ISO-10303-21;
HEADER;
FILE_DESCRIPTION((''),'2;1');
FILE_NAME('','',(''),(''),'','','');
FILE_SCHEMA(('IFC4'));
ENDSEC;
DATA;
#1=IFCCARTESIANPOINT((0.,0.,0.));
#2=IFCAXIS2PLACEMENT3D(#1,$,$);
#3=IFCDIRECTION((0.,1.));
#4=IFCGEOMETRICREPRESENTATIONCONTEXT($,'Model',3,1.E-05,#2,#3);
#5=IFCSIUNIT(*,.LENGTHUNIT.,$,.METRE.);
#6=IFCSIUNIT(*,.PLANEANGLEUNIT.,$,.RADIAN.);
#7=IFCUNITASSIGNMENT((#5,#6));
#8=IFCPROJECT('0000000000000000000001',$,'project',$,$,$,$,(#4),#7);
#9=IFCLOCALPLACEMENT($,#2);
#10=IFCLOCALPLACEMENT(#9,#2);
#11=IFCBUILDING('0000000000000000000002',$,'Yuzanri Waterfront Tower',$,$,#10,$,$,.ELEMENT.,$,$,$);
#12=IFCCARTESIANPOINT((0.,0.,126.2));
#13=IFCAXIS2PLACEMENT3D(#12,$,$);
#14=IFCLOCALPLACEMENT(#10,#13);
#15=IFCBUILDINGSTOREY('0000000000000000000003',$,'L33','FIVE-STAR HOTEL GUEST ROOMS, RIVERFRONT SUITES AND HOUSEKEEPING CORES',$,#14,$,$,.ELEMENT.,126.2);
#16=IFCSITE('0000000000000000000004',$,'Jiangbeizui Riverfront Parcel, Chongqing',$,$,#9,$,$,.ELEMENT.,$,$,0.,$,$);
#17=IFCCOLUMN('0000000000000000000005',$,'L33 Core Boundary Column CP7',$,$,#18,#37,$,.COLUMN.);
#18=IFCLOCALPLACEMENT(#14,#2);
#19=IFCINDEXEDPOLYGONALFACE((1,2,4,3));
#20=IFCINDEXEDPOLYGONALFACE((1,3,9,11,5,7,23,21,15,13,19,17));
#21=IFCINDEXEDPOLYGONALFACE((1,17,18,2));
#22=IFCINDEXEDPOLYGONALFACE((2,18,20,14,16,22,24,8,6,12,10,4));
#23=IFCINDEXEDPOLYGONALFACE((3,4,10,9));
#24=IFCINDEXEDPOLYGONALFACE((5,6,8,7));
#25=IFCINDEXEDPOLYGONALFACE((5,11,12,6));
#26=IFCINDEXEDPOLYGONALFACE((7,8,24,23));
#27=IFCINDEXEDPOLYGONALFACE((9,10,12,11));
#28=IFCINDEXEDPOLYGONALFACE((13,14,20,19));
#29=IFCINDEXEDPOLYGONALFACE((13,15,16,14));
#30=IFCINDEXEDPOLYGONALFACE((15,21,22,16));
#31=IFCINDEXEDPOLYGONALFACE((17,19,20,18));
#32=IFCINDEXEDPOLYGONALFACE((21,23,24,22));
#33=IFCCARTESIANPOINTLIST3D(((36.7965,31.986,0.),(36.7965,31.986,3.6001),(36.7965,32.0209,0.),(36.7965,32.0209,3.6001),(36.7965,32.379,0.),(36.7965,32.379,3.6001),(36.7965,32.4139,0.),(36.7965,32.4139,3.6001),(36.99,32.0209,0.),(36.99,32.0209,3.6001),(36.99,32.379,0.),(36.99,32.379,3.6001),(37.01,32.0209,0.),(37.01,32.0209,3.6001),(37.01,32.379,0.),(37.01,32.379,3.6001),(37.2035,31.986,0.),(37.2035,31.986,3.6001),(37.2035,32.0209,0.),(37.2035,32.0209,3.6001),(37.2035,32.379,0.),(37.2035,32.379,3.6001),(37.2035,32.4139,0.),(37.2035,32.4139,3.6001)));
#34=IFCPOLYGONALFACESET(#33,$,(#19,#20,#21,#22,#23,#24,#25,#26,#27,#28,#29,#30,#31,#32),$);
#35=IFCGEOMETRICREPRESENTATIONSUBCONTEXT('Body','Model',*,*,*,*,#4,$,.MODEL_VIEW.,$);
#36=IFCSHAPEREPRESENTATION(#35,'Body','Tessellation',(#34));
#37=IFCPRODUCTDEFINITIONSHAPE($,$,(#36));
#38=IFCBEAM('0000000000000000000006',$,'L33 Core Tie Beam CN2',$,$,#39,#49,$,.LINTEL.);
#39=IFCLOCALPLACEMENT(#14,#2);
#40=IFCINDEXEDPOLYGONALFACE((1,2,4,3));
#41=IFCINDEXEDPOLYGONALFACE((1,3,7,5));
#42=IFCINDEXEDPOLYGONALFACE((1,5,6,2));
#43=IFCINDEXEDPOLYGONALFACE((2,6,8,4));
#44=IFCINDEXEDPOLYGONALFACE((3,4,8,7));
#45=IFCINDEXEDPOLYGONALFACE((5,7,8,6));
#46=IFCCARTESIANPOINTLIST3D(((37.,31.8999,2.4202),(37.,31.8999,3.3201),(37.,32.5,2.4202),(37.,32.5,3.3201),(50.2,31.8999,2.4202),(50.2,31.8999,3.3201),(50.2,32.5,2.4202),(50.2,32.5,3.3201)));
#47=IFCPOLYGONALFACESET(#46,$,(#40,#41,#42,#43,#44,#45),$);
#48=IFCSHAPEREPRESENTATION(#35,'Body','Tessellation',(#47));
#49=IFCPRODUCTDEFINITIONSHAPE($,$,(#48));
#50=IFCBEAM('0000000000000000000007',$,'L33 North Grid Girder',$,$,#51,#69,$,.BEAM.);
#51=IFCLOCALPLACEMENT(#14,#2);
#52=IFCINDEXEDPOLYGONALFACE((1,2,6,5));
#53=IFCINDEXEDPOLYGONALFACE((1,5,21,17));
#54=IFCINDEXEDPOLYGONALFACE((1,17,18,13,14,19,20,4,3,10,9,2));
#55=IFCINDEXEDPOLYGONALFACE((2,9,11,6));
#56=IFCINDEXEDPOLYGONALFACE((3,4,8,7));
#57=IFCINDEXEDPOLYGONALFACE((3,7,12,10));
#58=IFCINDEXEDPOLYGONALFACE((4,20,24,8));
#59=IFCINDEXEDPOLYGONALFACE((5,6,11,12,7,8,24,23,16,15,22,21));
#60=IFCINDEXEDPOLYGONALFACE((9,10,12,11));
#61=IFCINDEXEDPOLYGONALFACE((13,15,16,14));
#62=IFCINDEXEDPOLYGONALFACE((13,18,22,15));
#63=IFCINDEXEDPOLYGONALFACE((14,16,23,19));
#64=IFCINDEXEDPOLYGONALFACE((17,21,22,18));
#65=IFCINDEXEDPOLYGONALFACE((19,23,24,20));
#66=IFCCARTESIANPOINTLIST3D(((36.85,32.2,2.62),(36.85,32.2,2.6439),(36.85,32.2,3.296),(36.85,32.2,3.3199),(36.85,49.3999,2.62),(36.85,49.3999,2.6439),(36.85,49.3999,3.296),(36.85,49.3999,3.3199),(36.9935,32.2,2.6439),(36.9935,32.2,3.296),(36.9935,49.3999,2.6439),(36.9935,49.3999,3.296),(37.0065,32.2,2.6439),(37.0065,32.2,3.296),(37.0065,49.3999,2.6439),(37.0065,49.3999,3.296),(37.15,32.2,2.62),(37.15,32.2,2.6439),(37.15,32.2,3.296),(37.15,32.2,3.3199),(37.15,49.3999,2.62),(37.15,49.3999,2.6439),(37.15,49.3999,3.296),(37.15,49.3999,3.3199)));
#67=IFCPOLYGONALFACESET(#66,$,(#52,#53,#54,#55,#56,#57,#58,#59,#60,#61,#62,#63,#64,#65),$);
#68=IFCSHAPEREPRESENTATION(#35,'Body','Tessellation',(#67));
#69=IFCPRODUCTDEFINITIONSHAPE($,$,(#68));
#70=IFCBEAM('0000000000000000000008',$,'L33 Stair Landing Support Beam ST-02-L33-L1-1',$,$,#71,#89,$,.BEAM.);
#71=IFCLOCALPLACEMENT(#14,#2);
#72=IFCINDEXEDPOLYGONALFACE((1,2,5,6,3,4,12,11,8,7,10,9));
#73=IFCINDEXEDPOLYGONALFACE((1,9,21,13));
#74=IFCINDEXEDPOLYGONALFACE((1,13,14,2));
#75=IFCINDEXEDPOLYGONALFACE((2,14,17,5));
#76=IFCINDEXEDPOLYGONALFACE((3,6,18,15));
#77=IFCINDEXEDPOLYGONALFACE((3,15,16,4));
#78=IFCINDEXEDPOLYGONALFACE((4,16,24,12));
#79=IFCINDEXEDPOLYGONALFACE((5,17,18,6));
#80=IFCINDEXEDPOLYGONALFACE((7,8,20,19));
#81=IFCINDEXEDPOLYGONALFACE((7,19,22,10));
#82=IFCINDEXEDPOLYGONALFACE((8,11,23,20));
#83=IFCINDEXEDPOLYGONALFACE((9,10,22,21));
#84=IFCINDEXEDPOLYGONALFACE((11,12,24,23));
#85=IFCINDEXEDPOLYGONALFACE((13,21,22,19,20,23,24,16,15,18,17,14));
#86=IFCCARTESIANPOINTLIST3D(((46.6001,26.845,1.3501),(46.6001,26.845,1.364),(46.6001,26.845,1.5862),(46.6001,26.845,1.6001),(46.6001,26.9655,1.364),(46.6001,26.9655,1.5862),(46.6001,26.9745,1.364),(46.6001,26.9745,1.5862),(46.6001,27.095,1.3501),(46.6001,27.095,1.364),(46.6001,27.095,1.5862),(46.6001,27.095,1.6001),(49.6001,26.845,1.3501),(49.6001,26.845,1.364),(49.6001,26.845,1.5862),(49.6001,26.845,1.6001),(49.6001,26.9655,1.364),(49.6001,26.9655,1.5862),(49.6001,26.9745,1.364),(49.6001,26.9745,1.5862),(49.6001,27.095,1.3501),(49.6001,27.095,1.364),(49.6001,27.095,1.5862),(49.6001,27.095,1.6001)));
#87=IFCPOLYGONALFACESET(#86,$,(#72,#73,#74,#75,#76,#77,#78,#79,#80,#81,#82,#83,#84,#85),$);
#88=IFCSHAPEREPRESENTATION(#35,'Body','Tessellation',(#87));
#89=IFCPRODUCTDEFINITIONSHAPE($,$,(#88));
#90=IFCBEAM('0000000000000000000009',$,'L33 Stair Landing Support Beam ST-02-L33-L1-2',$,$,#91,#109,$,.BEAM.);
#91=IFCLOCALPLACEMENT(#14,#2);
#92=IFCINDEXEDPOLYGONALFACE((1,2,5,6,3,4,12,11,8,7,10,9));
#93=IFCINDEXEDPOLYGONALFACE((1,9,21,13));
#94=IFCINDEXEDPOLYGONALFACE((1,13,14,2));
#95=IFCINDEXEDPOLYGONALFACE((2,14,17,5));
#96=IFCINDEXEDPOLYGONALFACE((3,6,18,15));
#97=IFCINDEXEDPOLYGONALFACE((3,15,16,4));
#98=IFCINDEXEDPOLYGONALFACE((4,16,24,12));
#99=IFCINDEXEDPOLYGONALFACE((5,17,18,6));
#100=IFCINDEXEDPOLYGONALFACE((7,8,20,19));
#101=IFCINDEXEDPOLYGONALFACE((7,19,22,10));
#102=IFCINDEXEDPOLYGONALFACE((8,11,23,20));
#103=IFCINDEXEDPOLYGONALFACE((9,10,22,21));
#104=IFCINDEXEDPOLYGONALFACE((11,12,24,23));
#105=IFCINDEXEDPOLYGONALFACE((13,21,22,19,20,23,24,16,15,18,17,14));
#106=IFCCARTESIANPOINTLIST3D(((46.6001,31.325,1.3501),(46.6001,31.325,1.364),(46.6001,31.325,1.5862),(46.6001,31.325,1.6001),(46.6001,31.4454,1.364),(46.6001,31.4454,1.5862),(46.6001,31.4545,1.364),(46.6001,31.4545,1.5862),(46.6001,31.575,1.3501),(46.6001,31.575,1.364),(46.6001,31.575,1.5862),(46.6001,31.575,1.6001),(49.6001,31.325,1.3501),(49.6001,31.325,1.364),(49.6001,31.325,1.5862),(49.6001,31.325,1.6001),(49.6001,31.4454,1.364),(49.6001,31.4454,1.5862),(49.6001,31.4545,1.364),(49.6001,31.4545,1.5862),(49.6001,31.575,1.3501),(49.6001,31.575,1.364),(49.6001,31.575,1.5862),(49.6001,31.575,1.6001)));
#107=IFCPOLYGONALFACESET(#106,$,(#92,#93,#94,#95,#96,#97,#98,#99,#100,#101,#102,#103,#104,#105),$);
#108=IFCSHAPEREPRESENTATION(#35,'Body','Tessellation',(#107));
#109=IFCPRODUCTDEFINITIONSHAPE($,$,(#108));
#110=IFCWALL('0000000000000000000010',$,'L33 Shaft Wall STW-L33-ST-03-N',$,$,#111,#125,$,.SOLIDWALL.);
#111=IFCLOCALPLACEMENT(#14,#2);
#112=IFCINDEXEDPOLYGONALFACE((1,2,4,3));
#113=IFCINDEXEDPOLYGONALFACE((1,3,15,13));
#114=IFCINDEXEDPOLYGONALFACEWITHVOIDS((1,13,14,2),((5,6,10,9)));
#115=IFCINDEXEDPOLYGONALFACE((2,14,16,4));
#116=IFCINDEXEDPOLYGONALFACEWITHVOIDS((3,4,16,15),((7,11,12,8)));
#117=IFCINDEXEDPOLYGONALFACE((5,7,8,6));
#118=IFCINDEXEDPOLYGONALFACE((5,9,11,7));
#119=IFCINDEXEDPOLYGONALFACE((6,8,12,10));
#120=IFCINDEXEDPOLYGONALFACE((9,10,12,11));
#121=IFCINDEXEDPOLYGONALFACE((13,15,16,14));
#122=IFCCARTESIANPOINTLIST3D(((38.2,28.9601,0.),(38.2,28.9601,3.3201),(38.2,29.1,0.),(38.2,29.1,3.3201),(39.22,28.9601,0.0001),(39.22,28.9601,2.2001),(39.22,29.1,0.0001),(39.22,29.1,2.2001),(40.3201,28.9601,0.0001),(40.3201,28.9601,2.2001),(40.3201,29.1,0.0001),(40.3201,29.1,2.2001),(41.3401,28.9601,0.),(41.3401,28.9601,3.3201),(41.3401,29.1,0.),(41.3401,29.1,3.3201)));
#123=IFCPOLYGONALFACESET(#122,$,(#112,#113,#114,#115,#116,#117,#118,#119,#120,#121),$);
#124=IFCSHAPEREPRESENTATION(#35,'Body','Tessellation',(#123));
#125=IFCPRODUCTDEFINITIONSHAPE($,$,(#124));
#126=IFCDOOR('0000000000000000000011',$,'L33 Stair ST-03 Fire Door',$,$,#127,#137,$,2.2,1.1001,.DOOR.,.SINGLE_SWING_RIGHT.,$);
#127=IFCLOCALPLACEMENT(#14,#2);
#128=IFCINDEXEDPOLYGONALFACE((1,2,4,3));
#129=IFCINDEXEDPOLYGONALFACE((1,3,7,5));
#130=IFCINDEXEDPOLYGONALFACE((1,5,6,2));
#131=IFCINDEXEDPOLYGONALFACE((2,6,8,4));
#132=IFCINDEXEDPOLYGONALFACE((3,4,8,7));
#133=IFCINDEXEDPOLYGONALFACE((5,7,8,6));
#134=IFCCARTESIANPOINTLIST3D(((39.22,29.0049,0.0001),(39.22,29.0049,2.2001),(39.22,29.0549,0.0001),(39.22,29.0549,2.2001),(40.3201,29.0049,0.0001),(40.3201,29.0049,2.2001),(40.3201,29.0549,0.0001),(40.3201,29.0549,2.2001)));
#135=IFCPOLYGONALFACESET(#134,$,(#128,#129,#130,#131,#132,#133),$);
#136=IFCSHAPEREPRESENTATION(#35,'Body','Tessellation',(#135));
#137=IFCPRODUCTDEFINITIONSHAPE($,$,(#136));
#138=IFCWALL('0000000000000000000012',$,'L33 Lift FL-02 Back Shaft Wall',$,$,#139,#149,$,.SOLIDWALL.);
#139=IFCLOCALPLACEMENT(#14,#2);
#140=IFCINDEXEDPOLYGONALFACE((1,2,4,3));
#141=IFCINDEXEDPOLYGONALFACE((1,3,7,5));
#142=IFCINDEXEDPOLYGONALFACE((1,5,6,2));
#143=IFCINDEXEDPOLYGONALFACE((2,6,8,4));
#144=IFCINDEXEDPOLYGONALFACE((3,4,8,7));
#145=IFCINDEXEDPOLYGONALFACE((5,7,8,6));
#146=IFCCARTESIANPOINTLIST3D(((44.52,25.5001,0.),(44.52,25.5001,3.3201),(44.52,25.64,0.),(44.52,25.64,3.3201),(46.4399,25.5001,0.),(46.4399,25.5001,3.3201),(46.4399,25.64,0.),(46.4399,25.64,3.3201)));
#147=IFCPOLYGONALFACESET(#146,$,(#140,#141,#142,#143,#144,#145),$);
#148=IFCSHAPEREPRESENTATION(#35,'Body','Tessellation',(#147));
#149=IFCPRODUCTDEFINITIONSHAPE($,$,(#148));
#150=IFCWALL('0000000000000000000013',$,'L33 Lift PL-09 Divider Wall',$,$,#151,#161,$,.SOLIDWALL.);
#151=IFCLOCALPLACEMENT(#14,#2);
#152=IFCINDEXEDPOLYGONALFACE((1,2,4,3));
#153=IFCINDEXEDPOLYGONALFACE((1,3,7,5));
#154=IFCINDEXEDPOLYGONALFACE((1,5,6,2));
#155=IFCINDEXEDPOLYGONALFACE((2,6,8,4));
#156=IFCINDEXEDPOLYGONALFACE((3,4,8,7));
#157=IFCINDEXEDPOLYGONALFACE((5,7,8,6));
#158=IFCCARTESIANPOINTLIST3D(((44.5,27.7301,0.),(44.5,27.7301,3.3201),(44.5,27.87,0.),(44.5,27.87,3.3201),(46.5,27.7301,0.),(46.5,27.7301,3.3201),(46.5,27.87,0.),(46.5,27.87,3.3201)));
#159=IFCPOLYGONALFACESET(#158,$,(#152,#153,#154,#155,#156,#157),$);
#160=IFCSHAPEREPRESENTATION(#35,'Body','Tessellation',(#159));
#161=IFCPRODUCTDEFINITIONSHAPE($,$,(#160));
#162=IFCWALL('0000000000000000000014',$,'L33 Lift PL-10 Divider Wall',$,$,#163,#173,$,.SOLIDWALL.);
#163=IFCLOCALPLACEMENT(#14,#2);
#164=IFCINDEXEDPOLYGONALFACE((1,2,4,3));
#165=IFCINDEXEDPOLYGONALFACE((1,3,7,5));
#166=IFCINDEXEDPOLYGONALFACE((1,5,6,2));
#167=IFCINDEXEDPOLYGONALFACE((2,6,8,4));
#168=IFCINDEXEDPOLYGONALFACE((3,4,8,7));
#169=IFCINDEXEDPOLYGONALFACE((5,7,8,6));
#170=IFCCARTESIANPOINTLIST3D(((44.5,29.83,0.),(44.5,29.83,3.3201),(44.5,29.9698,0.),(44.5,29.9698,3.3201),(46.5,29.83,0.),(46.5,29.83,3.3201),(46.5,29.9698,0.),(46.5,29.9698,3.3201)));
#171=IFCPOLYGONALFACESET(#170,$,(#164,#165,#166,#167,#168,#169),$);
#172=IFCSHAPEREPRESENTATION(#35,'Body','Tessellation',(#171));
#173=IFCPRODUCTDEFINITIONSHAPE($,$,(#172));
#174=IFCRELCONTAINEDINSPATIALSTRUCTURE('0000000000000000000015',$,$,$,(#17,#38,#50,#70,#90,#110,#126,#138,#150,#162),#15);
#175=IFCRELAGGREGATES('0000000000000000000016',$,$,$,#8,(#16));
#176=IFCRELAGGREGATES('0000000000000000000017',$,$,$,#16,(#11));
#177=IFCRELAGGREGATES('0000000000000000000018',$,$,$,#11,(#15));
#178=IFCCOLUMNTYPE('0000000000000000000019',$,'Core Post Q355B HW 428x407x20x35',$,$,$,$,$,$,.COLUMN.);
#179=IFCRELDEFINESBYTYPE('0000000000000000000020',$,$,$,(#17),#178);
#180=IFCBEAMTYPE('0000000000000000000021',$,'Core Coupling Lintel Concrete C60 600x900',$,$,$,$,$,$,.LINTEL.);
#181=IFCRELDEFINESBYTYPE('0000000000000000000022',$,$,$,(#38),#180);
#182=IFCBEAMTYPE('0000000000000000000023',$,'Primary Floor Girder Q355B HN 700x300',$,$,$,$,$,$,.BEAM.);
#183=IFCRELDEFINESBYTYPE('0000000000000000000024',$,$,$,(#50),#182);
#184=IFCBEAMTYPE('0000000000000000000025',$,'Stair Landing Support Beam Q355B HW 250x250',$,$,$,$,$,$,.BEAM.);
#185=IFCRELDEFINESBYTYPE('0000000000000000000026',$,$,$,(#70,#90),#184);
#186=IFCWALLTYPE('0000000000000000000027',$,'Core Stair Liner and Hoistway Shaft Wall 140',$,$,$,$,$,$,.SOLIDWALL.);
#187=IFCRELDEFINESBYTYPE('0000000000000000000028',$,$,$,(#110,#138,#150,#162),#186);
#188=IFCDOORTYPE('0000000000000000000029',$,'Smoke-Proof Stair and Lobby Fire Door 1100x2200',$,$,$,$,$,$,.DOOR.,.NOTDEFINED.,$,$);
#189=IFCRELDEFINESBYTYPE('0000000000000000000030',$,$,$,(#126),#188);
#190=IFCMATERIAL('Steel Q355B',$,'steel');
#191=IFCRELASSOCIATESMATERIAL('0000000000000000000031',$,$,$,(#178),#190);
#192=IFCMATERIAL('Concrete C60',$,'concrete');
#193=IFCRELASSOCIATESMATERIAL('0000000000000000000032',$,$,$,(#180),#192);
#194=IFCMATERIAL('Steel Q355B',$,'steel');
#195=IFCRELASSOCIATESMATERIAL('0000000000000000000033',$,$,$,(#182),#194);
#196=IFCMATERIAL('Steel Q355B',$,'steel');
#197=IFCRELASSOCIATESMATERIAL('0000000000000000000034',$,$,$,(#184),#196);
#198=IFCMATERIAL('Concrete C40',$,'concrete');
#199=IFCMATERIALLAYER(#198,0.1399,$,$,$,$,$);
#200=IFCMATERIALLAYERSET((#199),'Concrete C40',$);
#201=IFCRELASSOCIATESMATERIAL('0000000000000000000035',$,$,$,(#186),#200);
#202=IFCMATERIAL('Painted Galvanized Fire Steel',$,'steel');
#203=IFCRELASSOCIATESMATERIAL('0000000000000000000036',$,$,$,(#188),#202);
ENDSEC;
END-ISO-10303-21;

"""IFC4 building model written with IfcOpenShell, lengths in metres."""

from ifc_helpers import new_model, si_unit, direction, frame, frame_2d, origin, origin_2d, place, context, subcontext, project, spatial, rectangle, i_section, extrude, source, transform, mapped, material, layer, layer_set, material_profile, profile_set, type_object, element, fill, save


model = new_model("IFC4")

# Units and contexts
model_context = context("Model", 3, precision=1e-05, world=origin(), true_north=direction((0.0, 1.0)))
body_context = subcontext(model_context, "Body", "Model", "MODEL_VIEW")
ifc_project = project(units=[si_unit("LENGTHUNIT", "METRE"), si_unit("PLANEANGLEUNIT", "RADIAN")], contexts=[model_context])

# Site, building, storey
site_placement = place(None, origin())
site = spatial("IfcSite", under=ifc_project, at=site_placement, Name="Jiangbeizui Riverfront Parcel, Chongqing", CompositionType="ELEMENT", RefElevation=0.0)
building_placement = place(site_placement, origin())
building = spatial("IfcBuilding", under=site, at=building_placement, Name="Yuzanri Waterfront Tower", CompositionType="ELEMENT")
storey_placement = place(building_placement, frame((0.0, 0.0, 126.2)))
storey = spatial("IfcBuildingStorey", under=building, at=storey_placement, Name="L33", Description="FIVE-STAR HOTEL GUEST ROOMS, RIVERFRONT SUITES AND HOUSEKEEPING CORES", CompositionType="ELEMENT", Elevation=126.2)

# Column
ifc_material_1 = material(Name="Steel Q355B", Category="steel")
ifc_material_profile_1 = material_profile(ifc_material_1, i_section(OverallWidth=0.407, OverallDepth=0.428, WebThickness=0.02, FlangeThickness=0.0349, at=origin_2d()), Name="HW 428x407x20x35")
ifc_profile_set_1 = profile_set([ifc_material_profile_1], Name="Steel Q355B")
column_type = type_object("IfcColumnType", Name="Core Post Q355B HW 428x407x20x35", PredefinedType="COLUMN", material=ifc_profile_set_1)
shared_shape_1 = source(origin(), body_context, "Body", "SweptSolid", [
    extrude(i_section(OverallWidth=0.407, OverallDepth=0.428, WebThickness=0.02, FlangeThickness=0.0349, at=origin_2d()), origin(), (0.0, 0.0, 1.0), 3.6001),
])
column_placement = place(storey_placement, frame((37.0, 32.2, 0.0), z_axis=(0.0, 0.0, 1.0), x_axis=(1.0, 0.0, 0.0)))
element("IfcColumn", 1, at=column_placement, inside=storey, type_object=column_type, Name="L33 Core Boundary Column CP7", PredefinedType="COLUMN", context=body_context, shape_type="MappedRepresentation", body=[
    mapped(shared_shape_1, transform((0.0, 0.0, 0.0), scale=1.0)),
])

# Beams
ifc_material_2 = material(Name="Concrete C60", Category="concrete")
ifc_material_profile_2 = material_profile(ifc_material_2, rectangle(XDim=0.6001, YDim=0.8999, at=origin_2d()), Name="RC 600x900")
ifc_profile_set_2 = profile_set([ifc_material_profile_2], Name="Concrete C60")
beam_type_1 = type_object("IfcBeamType", Name="Core Coupling Lintel Concrete C60 600x900", PredefinedType="LINTEL", material=ifc_profile_set_2)
shared_shape_2 = source(origin(), body_context, "Body", "SweptSolid", [
    extrude(rectangle(XDim=0.6001, YDim=0.8999, at=origin_2d()), origin(), (0.0, 0.0, 1.0), 13.2),
])
beam_1_placement = place(storey_placement, frame((37.0, 32.2, 2.8701), z_axis=(1.0, 0.0, 0.0), x_axis=(0.0, 1.0, 0.0)))
element("IfcBeam", 2, at=beam_1_placement, inside=storey, type_object=beam_type_1, Name="L33 Core Tie Beam CN2", PredefinedType="LINTEL", context=body_context, shape_type="MappedRepresentation", body=[
    mapped(shared_shape_2, transform((0.0, 0.0, 0.0), scale=1.0)),
])
ifc_material_3 = material(Name="Steel Q355B", Category="steel")
ifc_material_profile_3 = material_profile(ifc_material_3, i_section(OverallWidth=0.3, OverallDepth=0.7, WebThickness=0.0129, FlangeThickness=0.0239, at=origin_2d()), Name="HN 700x300x13x24")
ifc_profile_set_3 = profile_set([ifc_material_profile_3], Name="Steel Q355B")
beam_type_2 = type_object("IfcBeamType", Name="Primary Floor Girder Q355B HN 700x300", PredefinedType="BEAM", material=ifc_profile_set_3)
shared_shape_3 = source(origin(), body_context, "Body", "SweptSolid", [
    extrude(i_section(OverallWidth=0.3, OverallDepth=0.7, WebThickness=0.0129, FlangeThickness=0.0239, at=origin_2d()), origin(), (0.0, 0.0, 1.0), 17.2),
])
beam_2_placement = place(storey_placement, frame((37.0, 32.2, 2.97), z_axis=(0.0, 1.0, 0.0), x_axis=(-1.0, 0.0, 0.0)))
element("IfcBeam", 3, at=beam_2_placement, inside=storey, type_object=beam_type_2, Name="L33 North Grid Girder", PredefinedType="BEAM", context=body_context, shape_type="MappedRepresentation", body=[
    mapped(shared_shape_3, transform((0.0, 0.0, 0.0), scale=1.0)),
])
ifc_material_4 = material(Name="Steel Q355B", Category="steel")
ifc_material_profile_4 = material_profile(ifc_material_4, i_section(OverallWidth=0.25, OverallDepth=0.25, WebThickness=0.009, FlangeThickness=0.0139, at=origin_2d()), Name="HW 250x250x9x14")
ifc_profile_set_4 = profile_set([ifc_material_profile_4], Name="Steel Q355B")
beam_type_3 = type_object("IfcBeamType", Name="Stair Landing Support Beam Q355B HW 250x250", PredefinedType="BEAM", material=ifc_profile_set_4)
shared_shape_4 = source(origin(), body_context, "Body", "SweptSolid", [
    extrude(i_section(OverallWidth=0.25, OverallDepth=0.25, WebThickness=0.009, FlangeThickness=0.0139, at=origin_2d()), origin(), (0.0, 0.0, 1.0), 3.0),
])
for number, where, z_axis, x_axis, name in (
    (4, (46.6001, 26.97, 1.4751), (1.0, 0.0, 0.0), (0.0, 1.0, 0.0), "L33 Stair Landing Support Beam ST-02-L33-L1-1"),
    (5, (46.6001, 31.45, 1.4751), (1.0, 0.0, 0.0), (0.0, 1.0, 0.0), "L33 Stair Landing Support Beam ST-02-L33-L1-2"),
):
    element("IfcBeam", number, at=place(storey_placement, frame(where, z_axis=z_axis, x_axis=x_axis)), inside=storey, type_object=beam_type_3, Name=name, PredefinedType="BEAM", context=body_context, shape_type="MappedRepresentation", body=[
        mapped(shared_shape_4, transform((0.0, 0.0, 0.0), scale=1.0)),
    ])

# Wall, opening, door
ifc_material_5 = material(Name="Concrete C40", Category="concrete")
ifc_layer_1 = layer(ifc_material_5, 0.1399)
ifc_layer_set_1 = layer_set([ifc_layer_1], Name="Concrete C40")
wall_type = type_object("IfcWallType", Name="Core Stair Liner and Hoistway Shaft Wall 140", PredefinedType="SOLIDWALL", material=ifc_layer_set_1)
wall_1_placement = place(storey_placement, frame((38.2, 29.03, 0.0), z_axis=(0.0, 0.0, 1.0), x_axis=(1.0, 0.0, 0.0)))
wall_1 = element("IfcWall", 6, at=wall_1_placement, inside=storey, type_object=wall_type, Name="L33 Shaft Wall STW-L33-ST-03-N", PredefinedType="SOLIDWALL", context=body_context, shape_type="SweptSolid", body=[
    extrude(rectangle(XDim=3.1401, YDim=0.1399, at=frame_2d((1.5701, 0.0))), origin(), (0.0, 0.0, 1.0), 3.3201),
])
opening_placement = place(wall_1_placement, frame((1.02, 0.0, 0.0)))
opening = element("IfcOpeningElement", 7, at=opening_placement, cuts=wall_1, PredefinedType="OPENING", context=body_context, shape_type="SweptSolid", body=[
    extrude(rectangle(XDim=1.1001, YDim=2.2, at=frame_2d((0.55, 1.1001))), frame((0.0, 0.085, 0.0), z_axis=(0.0, -1.0, 0.0), x_axis=(1.0, 0.0, 0.0)), (0.0, 0.0, 1.0), 0.1697),
])
ifc_material_6 = material(Name="Painted Galvanized Fire Steel", Category="steel")
door_type = type_object("IfcDoorType", Name="Smoke-Proof Stair and Lobby Fire Door 1100x2200", OperationType="NOTDEFINED", PredefinedType="DOOR", material=ifc_material_6)
shared_shape_5 = source(origin(), body_context, "Body", "SweptSolid", [
    extrude(rectangle(XDim=1.1001, YDim=2.2, at=frame_2d((0.55, 1.1001))), frame((0.0, 0.0249, 0.0), z_axis=(0.0, -1.0, 0.0), x_axis=(1.0, 0.0, 0.0)), (0.0, 0.0, 1.0), 0.05),
])
door_placement = place(opening_placement, origin())
door = element("IfcDoor", 8, at=door_placement, inside=storey, type_object=door_type, Name="L33 Stair ST-03 Fire Door", OperationType="SINGLE_SWING_RIGHT", OverallHeight=2.2, OverallWidth=1.1001, PredefinedType="DOOR", context=body_context, shape_type="MappedRepresentation", body=[
    mapped(shared_shape_5, transform((0.0, 0.0, 0.0), scale=1.0)),
])
fill(opening, door)

# Walls
shared_shape_6 = source(origin(), body_context, "Body", "SweptSolid", [
    extrude(rectangle(XDim=1.9199, YDim=0.1399, at=frame_2d((0.96, 0.0))), origin(), (0.0, 0.0, 1.0), 3.3201),
])
wall_2_placement = place(storey_placement, frame((44.52, 25.5701, 0.0), z_axis=(0.0, 0.0, 1.0), x_axis=(1.0, 0.0, 0.0)))
element("IfcWall", 9, at=wall_2_placement, inside=storey, type_object=wall_type, Name="L33 Lift FL-02 Back Shaft Wall", PredefinedType="SOLIDWALL", context=body_context, shape_type="MappedRepresentation", body=[
    mapped(shared_shape_6, transform((0.0, 0.0, 0.0), scale=1.0)),
])
shared_shape_7 = source(origin(), body_context, "Body", "SweptSolid", [
    extrude(rectangle(XDim=2.0, YDim=0.1399, at=frame_2d((1.0, 0.0))), origin(), (0.0, 0.0, 1.0), 3.3201),
])
for number, where, z_axis, x_axis, name in (
    (10, (44.5, 27.8, 0.0), (0.0, 0.0, 1.0), (1.0, 0.0, 0.0), "L33 Lift PL-09 Divider Wall"),
    (11, (44.5, 29.8999, 0.0), (0.0, 0.0, 1.0), (1.0, 0.0, 0.0), "L33 Lift PL-10 Divider Wall"),
):
    element("IfcWall", number, at=place(storey_placement, frame(where, z_axis=z_axis, x_axis=x_axis)), inside=storey, type_object=wall_type, Name=name, PredefinedType="SOLIDWALL", context=body_context, shape_type="MappedRepresentation", body=[
        mapped(shared_shape_7, transform((0.0, 0.0, 0.0), scale=1.0)),
    ])

save(model, "model.ifc")
